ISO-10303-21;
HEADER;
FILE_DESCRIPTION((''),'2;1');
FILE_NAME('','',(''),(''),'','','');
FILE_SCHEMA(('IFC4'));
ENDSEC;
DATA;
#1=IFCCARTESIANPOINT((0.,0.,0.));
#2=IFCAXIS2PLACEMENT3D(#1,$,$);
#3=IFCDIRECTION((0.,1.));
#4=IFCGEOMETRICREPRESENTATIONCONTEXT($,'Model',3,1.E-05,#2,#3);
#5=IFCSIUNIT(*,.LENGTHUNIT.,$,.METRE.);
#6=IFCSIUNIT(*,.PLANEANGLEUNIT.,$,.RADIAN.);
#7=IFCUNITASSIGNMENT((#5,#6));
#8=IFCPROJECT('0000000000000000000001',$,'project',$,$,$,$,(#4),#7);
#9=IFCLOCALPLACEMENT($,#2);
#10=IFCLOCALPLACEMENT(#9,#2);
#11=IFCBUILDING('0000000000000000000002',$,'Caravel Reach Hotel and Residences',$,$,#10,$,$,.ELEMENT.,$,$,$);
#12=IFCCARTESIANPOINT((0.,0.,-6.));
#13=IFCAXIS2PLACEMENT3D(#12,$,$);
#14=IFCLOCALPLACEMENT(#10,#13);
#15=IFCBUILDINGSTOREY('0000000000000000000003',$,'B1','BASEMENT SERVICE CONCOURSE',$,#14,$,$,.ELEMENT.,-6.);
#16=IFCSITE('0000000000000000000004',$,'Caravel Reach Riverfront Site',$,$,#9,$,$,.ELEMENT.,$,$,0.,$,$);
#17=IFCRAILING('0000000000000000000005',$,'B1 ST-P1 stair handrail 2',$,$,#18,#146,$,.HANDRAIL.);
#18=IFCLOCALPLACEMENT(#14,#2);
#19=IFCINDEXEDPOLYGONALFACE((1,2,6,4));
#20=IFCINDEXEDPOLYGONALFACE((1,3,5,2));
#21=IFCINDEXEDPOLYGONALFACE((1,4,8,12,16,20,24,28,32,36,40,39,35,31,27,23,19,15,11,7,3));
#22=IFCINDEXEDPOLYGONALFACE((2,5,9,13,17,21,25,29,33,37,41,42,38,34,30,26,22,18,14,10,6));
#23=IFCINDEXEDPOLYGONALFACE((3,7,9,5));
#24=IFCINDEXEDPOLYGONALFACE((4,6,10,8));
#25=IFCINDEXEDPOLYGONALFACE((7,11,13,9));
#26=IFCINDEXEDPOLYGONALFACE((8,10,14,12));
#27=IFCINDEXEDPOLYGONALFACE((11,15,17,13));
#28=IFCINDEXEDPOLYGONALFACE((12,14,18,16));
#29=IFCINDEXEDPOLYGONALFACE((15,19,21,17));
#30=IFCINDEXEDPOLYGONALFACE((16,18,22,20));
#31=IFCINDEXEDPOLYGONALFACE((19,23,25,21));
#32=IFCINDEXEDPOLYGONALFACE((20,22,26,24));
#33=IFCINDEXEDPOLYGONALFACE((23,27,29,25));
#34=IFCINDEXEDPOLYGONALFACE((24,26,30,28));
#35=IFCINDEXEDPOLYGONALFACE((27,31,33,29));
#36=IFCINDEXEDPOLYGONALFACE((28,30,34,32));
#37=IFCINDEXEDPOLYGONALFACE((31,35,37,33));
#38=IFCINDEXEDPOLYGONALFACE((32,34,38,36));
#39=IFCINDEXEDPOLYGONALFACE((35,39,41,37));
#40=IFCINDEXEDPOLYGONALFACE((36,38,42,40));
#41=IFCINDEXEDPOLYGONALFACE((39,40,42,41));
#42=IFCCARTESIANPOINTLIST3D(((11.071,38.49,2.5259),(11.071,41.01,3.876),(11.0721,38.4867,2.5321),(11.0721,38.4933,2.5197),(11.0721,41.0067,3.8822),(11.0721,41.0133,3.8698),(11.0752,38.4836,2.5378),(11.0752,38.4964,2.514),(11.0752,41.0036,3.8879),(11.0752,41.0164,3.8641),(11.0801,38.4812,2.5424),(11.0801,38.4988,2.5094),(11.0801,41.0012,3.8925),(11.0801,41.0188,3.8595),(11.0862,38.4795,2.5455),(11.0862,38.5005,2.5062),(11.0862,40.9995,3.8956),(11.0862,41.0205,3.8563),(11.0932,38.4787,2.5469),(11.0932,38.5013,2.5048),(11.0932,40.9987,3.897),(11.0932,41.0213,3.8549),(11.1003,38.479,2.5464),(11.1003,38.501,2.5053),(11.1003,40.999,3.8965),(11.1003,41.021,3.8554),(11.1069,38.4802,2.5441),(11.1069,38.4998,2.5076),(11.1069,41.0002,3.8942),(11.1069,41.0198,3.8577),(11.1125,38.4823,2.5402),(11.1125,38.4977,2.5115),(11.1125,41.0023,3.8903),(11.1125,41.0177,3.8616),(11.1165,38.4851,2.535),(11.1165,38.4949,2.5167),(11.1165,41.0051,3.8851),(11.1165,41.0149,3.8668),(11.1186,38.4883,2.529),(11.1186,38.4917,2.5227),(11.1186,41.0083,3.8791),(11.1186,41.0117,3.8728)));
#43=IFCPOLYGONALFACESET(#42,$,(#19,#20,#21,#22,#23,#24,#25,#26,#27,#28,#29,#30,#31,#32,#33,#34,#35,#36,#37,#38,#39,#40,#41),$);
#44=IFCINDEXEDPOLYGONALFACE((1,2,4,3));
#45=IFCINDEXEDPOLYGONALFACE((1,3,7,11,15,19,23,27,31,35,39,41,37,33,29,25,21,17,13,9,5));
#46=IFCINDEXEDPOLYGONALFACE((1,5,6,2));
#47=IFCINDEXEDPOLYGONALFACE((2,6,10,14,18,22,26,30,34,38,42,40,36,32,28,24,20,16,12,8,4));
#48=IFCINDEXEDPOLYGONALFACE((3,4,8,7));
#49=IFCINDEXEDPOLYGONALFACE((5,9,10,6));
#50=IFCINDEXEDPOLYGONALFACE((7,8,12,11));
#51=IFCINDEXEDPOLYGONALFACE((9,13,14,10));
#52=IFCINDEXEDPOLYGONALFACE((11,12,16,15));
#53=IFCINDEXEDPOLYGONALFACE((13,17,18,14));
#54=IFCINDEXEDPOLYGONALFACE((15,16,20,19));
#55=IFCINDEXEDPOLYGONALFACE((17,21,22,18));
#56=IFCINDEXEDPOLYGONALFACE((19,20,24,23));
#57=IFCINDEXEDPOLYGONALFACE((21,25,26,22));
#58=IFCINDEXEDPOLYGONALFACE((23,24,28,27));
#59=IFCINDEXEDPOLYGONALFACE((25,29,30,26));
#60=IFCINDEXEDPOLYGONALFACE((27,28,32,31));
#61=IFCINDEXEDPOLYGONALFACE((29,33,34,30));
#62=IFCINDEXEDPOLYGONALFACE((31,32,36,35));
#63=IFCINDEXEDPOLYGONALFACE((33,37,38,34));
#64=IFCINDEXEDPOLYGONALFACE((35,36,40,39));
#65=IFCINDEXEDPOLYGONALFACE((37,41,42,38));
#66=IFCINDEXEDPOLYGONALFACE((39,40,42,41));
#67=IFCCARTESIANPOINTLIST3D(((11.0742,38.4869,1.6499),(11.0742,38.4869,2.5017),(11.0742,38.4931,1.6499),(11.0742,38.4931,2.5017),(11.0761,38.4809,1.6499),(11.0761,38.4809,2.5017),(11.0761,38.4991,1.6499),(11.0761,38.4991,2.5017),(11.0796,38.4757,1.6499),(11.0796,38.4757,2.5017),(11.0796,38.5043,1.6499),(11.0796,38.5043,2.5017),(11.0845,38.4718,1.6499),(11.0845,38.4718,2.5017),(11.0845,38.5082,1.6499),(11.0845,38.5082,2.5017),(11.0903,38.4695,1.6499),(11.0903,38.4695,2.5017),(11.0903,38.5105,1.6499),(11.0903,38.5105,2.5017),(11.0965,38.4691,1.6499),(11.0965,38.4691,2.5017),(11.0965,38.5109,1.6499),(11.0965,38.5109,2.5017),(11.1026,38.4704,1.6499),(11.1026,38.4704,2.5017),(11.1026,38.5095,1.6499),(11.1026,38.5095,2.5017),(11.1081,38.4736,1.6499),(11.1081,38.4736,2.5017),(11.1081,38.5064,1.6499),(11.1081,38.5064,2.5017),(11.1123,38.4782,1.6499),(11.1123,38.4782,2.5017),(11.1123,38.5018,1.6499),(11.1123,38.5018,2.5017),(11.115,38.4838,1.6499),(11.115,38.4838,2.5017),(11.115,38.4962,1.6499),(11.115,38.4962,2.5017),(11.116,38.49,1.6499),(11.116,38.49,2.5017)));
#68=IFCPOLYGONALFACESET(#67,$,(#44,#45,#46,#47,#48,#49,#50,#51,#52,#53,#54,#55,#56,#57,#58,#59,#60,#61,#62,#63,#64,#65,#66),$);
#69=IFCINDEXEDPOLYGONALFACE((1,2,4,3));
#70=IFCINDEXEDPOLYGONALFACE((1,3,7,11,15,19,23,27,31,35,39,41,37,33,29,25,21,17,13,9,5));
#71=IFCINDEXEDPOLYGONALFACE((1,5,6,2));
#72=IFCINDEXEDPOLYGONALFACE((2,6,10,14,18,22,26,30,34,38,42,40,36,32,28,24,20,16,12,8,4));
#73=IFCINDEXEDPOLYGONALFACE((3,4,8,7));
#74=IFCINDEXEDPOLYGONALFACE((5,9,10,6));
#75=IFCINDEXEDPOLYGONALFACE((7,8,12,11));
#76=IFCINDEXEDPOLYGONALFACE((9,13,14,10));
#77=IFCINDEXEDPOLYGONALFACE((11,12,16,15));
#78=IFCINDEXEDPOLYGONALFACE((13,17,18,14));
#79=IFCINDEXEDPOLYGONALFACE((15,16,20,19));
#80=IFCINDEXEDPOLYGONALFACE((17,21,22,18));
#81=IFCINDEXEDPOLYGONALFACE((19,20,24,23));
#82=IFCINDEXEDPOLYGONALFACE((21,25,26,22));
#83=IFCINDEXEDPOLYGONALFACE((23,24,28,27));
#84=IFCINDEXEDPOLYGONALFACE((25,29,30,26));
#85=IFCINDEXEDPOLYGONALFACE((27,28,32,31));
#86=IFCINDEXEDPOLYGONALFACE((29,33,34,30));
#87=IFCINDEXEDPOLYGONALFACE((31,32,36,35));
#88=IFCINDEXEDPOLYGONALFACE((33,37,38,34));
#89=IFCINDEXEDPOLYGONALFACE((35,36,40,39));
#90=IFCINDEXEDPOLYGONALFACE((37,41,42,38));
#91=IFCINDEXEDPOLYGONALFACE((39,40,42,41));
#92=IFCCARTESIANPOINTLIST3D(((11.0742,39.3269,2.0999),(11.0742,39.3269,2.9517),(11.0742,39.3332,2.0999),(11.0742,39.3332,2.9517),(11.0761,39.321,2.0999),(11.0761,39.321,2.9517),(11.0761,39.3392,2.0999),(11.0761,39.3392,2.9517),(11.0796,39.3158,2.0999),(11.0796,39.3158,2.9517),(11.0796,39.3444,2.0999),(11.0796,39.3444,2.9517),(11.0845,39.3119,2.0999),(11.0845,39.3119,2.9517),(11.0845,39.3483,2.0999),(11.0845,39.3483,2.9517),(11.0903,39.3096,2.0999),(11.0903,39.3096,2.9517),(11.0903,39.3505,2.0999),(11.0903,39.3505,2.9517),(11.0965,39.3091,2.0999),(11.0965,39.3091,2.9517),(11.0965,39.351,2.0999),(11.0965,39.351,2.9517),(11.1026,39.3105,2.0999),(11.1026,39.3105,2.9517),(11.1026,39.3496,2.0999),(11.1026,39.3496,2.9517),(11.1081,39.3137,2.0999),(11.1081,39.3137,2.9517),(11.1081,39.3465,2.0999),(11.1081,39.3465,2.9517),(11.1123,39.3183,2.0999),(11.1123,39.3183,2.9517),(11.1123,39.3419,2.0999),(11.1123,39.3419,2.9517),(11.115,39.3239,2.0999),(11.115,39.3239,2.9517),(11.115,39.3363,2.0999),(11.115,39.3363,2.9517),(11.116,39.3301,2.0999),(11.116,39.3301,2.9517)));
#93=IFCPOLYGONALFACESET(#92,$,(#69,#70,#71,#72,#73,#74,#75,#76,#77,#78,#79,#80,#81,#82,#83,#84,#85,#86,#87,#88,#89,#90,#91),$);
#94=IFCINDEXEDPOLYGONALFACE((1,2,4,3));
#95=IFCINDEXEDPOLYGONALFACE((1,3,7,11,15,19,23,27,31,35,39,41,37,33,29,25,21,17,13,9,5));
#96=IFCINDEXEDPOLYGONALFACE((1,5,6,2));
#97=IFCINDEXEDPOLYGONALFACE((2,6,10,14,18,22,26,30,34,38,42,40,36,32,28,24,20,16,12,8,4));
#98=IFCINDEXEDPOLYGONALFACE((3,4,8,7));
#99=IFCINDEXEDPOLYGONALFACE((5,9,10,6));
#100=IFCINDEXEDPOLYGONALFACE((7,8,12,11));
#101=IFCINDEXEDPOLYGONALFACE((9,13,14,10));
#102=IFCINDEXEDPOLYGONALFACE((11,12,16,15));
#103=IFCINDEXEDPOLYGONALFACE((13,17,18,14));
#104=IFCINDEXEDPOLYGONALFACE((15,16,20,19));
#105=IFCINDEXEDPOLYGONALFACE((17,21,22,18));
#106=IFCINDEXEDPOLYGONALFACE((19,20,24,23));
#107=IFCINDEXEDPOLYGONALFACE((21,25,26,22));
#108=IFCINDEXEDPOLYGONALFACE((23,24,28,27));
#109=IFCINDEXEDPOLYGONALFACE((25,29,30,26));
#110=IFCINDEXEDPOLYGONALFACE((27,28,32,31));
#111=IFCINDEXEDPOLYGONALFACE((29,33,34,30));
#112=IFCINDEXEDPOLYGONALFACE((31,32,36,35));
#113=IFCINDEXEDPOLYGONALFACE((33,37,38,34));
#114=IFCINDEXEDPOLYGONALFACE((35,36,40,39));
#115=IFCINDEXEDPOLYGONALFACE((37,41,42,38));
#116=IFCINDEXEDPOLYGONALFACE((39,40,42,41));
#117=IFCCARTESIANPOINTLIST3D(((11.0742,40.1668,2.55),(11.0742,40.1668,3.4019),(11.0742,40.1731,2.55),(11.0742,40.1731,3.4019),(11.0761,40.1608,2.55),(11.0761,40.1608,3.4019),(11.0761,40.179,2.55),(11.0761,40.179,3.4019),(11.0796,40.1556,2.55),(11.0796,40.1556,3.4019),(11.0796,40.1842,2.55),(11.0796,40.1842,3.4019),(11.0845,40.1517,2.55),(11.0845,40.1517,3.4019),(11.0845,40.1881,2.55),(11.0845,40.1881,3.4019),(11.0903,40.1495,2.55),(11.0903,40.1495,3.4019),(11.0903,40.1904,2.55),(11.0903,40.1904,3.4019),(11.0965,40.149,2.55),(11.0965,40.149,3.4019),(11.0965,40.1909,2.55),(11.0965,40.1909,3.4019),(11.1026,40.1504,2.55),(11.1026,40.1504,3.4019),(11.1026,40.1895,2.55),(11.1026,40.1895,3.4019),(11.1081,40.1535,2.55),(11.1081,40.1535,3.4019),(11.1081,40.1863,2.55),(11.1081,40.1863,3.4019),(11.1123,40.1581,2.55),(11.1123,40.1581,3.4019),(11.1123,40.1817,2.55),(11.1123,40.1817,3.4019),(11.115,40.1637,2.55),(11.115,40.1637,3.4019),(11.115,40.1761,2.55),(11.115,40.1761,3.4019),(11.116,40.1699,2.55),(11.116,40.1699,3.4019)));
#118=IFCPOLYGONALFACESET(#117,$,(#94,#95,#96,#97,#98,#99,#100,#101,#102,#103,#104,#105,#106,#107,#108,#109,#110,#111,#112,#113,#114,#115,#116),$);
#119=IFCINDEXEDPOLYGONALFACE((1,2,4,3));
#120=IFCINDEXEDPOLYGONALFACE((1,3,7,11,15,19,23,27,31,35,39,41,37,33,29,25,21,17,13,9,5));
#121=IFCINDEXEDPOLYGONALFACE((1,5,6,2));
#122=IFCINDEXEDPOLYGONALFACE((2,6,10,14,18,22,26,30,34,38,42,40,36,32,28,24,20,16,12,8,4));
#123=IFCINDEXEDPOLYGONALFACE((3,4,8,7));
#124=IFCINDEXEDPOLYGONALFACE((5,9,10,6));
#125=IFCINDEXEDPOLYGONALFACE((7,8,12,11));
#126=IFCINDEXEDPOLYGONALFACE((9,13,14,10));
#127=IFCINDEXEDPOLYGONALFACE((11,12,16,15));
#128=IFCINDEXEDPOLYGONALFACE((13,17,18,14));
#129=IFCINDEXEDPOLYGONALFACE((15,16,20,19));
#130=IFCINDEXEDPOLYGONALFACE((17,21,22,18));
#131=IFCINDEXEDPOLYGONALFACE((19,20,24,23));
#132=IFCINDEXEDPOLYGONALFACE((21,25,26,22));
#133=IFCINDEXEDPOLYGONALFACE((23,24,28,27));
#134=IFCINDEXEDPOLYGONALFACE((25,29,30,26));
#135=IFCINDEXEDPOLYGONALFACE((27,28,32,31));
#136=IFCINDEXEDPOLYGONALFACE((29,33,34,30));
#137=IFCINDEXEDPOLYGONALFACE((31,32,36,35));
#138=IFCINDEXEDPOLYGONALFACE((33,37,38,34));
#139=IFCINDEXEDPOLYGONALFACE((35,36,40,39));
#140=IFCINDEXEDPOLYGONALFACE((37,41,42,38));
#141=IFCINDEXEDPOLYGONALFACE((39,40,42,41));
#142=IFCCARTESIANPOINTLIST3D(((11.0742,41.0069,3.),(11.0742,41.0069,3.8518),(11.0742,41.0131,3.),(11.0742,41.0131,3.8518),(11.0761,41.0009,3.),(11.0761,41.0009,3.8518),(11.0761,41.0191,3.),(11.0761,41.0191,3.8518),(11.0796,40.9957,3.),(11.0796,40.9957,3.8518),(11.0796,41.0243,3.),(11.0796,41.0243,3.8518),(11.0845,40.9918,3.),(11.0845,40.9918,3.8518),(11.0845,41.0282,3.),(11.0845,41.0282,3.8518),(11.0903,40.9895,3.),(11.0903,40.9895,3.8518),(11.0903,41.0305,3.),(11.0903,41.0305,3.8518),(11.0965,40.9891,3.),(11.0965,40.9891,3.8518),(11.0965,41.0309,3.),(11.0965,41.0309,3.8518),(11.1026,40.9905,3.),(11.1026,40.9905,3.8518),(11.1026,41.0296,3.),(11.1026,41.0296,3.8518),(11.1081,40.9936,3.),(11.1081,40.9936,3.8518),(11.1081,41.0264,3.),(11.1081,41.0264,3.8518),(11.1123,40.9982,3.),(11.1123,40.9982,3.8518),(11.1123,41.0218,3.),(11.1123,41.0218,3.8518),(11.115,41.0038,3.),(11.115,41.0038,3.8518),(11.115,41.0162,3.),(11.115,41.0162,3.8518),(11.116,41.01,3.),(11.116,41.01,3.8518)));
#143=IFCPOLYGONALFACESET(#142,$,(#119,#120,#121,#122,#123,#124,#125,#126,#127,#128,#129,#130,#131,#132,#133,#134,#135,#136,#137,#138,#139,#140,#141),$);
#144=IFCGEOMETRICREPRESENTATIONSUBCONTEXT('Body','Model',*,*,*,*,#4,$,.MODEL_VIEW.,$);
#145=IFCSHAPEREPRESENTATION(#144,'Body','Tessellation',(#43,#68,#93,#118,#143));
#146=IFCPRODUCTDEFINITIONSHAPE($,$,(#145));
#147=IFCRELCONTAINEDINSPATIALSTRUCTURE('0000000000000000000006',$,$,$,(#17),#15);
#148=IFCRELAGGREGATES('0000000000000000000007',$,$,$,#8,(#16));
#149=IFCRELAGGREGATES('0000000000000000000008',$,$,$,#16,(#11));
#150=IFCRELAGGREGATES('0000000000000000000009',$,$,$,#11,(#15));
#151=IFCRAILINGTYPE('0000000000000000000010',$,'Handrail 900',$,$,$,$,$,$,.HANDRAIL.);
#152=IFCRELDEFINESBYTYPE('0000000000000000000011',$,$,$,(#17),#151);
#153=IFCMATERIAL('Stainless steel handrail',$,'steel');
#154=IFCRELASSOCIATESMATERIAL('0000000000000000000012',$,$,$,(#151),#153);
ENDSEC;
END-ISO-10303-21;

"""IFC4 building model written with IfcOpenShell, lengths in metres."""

from ifc_helpers import new_model, si_unit, direction, frame, origin, origin_2d, place, context, subcontext, project, spatial, circle, extrude, material, type_object, element, save


model = new_model("IFC4")

# Units and contexts
model_context = context("Model", 3, precision=1e-05, world=origin(), true_north=direction((0.0, 1.0)))
body_context = subcontext(model_context, "Body", "Model", "MODEL_VIEW")
ifc_project = project(units=[si_unit("LENGTHUNIT", "METRE"), si_unit("PLANEANGLEUNIT", "RADIAN")], contexts=[model_context])

# Site, building, storey
site_placement = place(None, origin())
site = spatial("IfcSite", under=ifc_project, at=site_placement, Name="Caravel Reach Riverfront Site", CompositionType="ELEMENT", RefElevation=0.0)
building_placement = place(site_placement, origin())
building = spatial("IfcBuilding", under=site, at=building_placement, Name="Caravel Reach Hotel and Residences", CompositionType="ELEMENT")
storey_placement = place(building_placement, frame((0.0, 0.0, -6.0)))
storey = spatial("IfcBuildingStorey", under=building, at=storey_placement, Name="B1", Description="BASEMENT SERVICE CONCOURSE", CompositionType="ELEMENT", Elevation=-6.0)

# Railing
ifc_material_1 = material(Name="Stainless steel handrail", Category="steel")
railing_type_1 = type_object("IfcRailingType", Name="Handrail 900", PredefinedType="HANDRAIL", material=ifc_material_1)
for number, where, name in (
    (1, (11.095, 38.49, 1.6499), "B1 ST-P1 stair handrail 2"),
):
    element("IfcRailing", number, at=place(storey_placement, frame(where)), inside=storey, type_object=railing_type_1, Name=name, PredefinedType="HANDRAIL", context=body_context, shape_type="SweptSolid", body=[
        extrude(circle(Radius=0.0239, at=origin_2d()), frame((0.0, 0.0, 0.876), z_axis=(0.0, 0.881467, 0.472245), x_axis=(-1.0, 0.0, 0.0)), (0.0, 0.0, 1.0), 2.8589),
        extrude(circle(Radius=0.021, at=origin_2d()), origin(), (0.0, 0.0, 1.0), 0.8518),
        extrude(circle(Radius=0.021, at=origin_2d()), frame((0.0, 0.8401, 0.45)), (0.0, 0.0, 1.0), 0.8518),
        extrude(circle(Radius=0.021, at=origin_2d()), frame((0.0, 1.6799, 0.9001)), (0.0, 0.0, 1.0), 0.8518),
        extrude(circle(Radius=0.021, at=origin_2d()), frame((0.0, 2.52, 1.3501)), (0.0, 0.0, 1.0), 0.8518),
    ])

save(model, "model.ifc")
